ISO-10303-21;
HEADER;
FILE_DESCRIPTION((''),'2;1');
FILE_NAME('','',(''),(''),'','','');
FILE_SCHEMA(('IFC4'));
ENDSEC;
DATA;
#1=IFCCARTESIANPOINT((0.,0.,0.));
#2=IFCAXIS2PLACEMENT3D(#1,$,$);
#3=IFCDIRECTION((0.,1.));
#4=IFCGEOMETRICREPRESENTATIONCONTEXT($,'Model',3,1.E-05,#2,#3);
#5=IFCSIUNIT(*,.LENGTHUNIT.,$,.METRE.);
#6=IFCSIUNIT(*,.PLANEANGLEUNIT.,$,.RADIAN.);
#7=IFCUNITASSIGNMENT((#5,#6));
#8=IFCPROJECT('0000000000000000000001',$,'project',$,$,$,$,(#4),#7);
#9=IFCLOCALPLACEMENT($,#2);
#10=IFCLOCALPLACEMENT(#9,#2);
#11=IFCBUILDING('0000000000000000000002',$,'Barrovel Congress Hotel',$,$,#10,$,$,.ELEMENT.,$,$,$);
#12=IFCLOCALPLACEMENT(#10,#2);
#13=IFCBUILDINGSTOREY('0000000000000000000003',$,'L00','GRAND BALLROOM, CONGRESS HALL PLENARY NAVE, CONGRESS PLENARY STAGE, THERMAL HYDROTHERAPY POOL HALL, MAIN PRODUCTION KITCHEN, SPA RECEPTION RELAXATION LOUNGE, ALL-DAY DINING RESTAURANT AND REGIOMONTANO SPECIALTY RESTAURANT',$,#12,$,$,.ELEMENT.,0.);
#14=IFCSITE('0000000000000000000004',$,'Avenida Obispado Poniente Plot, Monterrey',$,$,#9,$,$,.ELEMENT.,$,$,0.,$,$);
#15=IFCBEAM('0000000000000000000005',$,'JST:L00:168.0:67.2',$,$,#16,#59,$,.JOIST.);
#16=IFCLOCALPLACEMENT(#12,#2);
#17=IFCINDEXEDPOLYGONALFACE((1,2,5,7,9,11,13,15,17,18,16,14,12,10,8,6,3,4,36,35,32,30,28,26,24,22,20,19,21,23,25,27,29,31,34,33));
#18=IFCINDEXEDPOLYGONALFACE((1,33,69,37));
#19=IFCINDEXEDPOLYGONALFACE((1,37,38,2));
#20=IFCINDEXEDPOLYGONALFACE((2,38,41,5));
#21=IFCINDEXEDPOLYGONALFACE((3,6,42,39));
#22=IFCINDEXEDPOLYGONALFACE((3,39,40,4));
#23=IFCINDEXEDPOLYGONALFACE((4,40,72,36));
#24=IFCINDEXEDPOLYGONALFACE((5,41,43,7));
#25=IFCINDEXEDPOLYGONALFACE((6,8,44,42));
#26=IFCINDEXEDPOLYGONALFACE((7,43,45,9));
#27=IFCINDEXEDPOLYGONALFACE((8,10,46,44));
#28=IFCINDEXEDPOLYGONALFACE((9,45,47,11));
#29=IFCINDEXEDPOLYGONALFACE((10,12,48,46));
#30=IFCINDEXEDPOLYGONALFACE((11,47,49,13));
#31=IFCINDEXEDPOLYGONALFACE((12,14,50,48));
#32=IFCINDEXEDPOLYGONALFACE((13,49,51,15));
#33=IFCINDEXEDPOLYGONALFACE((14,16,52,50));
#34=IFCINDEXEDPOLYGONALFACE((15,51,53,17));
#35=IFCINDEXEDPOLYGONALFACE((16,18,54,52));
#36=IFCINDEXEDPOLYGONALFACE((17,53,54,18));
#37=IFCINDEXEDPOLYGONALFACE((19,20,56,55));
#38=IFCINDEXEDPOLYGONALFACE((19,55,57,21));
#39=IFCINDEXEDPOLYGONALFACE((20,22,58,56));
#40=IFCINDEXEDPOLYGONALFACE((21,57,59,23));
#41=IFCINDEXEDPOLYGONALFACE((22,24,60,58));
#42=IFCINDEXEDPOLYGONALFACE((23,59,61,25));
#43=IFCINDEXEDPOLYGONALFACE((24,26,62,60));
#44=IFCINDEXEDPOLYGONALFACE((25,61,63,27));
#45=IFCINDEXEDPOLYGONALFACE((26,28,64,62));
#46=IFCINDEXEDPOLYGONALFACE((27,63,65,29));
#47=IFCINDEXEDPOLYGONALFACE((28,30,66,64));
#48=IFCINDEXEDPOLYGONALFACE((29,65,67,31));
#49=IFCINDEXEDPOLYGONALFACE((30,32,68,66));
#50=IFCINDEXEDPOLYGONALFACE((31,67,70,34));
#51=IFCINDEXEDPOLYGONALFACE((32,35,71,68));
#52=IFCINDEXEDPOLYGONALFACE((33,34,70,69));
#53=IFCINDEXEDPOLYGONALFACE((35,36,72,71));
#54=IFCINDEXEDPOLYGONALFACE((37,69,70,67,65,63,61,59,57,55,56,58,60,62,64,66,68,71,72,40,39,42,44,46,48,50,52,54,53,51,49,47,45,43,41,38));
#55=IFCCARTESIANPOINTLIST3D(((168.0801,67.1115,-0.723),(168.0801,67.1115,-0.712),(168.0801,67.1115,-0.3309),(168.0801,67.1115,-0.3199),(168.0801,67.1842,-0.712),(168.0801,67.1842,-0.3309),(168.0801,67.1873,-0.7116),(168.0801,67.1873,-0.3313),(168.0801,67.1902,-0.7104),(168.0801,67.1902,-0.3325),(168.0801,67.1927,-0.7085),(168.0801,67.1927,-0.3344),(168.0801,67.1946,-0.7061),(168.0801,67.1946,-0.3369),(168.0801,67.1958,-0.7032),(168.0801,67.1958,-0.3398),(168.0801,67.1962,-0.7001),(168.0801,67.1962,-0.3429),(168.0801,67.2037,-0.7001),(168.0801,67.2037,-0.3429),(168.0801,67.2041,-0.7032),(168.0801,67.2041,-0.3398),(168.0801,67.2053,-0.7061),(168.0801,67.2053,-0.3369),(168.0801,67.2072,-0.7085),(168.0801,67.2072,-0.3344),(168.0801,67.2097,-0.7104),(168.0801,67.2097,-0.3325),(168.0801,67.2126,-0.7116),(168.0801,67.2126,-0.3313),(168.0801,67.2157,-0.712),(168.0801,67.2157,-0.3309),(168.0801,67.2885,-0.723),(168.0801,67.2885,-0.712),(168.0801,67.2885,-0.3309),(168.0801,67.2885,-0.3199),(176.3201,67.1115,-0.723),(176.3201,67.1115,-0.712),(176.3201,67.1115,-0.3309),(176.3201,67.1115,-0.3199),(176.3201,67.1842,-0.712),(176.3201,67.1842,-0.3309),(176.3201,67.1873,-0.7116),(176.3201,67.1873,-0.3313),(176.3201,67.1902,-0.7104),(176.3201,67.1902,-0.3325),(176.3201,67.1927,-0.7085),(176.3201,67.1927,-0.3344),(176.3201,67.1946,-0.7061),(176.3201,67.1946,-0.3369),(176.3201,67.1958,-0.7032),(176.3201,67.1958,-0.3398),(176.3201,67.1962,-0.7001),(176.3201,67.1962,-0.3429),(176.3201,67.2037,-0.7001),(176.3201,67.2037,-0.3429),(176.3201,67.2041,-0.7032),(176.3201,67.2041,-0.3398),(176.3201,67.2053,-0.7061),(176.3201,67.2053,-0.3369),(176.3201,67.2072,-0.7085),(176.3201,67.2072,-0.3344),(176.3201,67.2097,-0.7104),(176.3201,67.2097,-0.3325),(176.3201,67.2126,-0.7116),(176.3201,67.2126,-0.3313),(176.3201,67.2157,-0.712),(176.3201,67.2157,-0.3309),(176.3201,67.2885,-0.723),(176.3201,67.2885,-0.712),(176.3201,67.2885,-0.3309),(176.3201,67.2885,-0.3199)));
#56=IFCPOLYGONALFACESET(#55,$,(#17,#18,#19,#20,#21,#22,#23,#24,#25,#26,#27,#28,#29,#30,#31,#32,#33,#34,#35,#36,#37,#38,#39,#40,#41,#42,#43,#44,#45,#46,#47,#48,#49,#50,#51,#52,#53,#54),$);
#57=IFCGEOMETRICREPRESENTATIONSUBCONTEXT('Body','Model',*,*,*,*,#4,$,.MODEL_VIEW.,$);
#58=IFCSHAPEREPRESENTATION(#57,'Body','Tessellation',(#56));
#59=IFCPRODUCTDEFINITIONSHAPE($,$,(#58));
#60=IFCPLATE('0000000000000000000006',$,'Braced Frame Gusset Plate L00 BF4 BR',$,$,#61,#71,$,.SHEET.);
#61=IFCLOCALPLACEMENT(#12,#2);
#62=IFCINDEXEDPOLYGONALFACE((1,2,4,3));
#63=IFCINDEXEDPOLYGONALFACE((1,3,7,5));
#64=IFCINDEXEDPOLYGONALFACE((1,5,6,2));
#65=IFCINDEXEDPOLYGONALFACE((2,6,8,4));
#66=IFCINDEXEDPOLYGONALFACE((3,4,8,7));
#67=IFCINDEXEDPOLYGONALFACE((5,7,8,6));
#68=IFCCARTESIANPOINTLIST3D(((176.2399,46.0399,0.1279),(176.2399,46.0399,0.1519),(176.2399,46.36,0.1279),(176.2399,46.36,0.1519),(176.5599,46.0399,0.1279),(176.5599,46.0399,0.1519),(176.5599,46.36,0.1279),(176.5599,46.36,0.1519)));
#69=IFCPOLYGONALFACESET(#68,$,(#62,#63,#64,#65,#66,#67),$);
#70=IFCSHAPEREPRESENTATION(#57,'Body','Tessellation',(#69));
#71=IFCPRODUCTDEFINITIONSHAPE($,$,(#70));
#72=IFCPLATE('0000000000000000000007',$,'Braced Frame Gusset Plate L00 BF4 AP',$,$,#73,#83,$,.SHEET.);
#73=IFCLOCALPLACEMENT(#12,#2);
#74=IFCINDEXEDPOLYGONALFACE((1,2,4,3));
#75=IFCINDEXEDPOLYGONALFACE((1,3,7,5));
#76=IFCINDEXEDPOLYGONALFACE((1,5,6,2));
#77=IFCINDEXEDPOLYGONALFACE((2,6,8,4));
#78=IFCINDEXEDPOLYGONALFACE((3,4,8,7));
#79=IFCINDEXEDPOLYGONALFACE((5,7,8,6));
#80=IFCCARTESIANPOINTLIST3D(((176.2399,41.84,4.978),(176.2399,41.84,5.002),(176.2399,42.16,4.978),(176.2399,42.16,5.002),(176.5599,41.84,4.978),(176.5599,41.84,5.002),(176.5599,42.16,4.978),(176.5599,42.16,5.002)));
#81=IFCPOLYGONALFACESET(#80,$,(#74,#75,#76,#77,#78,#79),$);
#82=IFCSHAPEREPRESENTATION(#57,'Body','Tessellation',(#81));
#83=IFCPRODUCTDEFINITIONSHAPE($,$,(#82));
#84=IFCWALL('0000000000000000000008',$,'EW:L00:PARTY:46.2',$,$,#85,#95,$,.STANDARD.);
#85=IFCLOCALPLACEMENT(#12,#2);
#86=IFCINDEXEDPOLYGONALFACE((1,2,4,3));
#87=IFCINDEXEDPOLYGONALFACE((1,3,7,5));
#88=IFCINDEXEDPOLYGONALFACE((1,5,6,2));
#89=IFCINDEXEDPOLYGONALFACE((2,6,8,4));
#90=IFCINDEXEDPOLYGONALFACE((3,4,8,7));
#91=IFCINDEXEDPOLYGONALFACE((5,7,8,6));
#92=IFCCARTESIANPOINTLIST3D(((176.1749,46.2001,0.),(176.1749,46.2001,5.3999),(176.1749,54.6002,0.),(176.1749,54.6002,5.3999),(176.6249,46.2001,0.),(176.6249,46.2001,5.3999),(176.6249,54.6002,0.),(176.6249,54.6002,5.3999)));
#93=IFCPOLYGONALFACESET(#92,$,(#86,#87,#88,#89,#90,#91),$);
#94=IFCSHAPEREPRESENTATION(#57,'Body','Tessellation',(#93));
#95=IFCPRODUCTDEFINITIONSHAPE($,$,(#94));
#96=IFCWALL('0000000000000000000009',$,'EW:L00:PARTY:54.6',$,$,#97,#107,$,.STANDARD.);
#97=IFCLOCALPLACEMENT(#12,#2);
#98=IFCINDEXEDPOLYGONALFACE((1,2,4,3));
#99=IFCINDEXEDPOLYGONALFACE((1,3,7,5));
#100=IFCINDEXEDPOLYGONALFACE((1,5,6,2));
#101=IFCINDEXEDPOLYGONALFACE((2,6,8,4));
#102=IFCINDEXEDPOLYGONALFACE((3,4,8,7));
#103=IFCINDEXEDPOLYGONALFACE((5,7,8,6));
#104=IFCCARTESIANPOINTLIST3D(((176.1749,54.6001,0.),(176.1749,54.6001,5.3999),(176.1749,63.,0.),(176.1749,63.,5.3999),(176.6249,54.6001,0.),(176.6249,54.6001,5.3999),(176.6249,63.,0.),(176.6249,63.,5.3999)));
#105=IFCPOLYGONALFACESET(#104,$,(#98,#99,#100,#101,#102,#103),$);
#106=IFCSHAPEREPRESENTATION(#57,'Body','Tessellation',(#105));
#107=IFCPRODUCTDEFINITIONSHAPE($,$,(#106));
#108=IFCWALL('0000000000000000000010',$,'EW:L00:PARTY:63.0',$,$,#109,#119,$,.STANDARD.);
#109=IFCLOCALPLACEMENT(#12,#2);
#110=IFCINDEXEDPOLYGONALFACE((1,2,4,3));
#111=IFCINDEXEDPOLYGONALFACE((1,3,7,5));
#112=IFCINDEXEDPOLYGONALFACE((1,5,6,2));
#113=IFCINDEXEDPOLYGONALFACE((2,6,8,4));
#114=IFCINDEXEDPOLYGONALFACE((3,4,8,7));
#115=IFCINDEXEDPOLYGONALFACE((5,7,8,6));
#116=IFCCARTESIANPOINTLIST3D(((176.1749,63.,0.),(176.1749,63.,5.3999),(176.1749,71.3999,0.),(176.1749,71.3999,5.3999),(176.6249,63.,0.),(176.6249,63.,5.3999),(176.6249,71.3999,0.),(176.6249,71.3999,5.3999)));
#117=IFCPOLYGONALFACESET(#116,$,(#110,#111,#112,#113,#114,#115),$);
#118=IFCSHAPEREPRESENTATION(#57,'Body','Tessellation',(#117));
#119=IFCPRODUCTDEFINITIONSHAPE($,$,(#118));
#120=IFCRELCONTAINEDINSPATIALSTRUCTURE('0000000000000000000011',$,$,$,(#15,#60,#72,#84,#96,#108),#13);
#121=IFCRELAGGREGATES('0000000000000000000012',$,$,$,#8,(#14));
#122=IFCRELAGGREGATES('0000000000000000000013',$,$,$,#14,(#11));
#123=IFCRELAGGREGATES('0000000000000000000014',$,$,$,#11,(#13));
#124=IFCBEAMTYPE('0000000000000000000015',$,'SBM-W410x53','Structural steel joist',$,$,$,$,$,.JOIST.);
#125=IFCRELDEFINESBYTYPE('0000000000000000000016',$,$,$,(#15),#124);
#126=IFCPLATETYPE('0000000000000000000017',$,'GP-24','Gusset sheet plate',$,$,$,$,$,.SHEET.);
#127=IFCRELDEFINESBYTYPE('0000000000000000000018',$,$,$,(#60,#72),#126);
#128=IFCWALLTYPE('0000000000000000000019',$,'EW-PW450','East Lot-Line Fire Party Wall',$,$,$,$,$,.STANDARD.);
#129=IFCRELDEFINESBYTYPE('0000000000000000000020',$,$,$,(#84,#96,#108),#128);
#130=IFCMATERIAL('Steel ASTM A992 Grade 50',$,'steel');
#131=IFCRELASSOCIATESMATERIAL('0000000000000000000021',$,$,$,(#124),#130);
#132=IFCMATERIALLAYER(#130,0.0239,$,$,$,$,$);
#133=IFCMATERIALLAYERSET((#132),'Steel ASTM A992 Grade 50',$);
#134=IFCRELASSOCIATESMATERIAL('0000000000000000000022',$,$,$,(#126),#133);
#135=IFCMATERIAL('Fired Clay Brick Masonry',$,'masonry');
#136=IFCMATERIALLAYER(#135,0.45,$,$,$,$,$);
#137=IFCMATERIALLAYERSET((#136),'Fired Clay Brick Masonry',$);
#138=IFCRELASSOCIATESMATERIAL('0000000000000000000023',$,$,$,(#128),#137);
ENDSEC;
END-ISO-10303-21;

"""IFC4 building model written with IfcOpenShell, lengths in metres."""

from ifc_helpers import new_model, si_unit, direction, frame, frame_2d, origin, origin_2d, place, context, subcontext, project, spatial, rectangle, i_section, extrude, material, layer, layer_set, material_profile, profile_set, type_object, element, save


model = new_model("IFC4")

# Units and contexts
model_context = context("Model", 3, precision=1e-05, world=origin(), true_north=direction((0.0, 1.0)))
body_context = subcontext(model_context, "Body", "Model", "MODEL_VIEW")
ifc_project = project(units=[si_unit("LENGTHUNIT", "METRE"), si_unit("PLANEANGLEUNIT", "RADIAN")], contexts=[model_context])

# Site, building, storey
site_placement = place(None, origin())
site = spatial("IfcSite", under=ifc_project, at=site_placement, Name="Avenida Obispado Poniente Plot, Monterrey", CompositionType="ELEMENT", RefElevation=0.0)
building_placement = place(site_placement, origin())
building = spatial("IfcBuilding", under=site, at=building_placement, Name="Barrovel Congress Hotel", CompositionType="ELEMENT")
storey_placement = place(building_placement, origin())
storey = spatial("IfcBuildingStorey", under=building, at=storey_placement, Name="L00", Description="GRAND BALLROOM, CONGRESS HALL PLENARY NAVE, CONGRESS PLENARY STAGE, THERMAL HYDROTHERAPY POOL HALL, MAIN PRODUCTION KITCHEN, SPA RECEPTION RELAXATION LOUNGE, ALL-DAY DINING RESTAURANT AND REGIOMONTANO SPECIALTY RESTAURANT", CompositionType="ELEMENT", Elevation=0.0)

# Beam
ifc_material_1 = material(Name="Steel ASTM A992 Grade 50", Category="steel")
ifc_material_profile_1 = material_profile(ifc_material_1, i_section(OverallWidth=0.177, OverallDepth=0.4031, WebThickness=0.0076, FlangeThickness=0.011, FilletRadius=0.012, at=origin_2d()), Name="W410x53")
ifc_profile_set_1 = profile_set([ifc_material_profile_1], Name="Steel ASTM A992 Grade 50")
beam_type_1 = type_object("IfcBeamType", Name="SBM-W410x53", Description="Structural steel joist", PredefinedType="JOIST", material=ifc_profile_set_1)
beam_1_placement = place(storey_placement, frame((168.0801, 67.2, -0.5215), z_axis=(1.0, 0.0, 0.0), x_axis=(0.0, 1.0, 0.0)))
element("IfcBeam", 1, at=beam_1_placement, inside=storey, type_object=beam_type_1, Name="JST:L00:168.0:67.2", PredefinedType="JOIST", context=body_context, shape_type="SweptSolid", body=[
    extrude(i_section(OverallWidth=0.177, OverallDepth=0.4031, WebThickness=0.0076, FlangeThickness=0.011, FilletRadius=0.012, at=origin_2d()), origin(), (0.0, 0.0, 1.0), 8.24),
])

# Plates
ifc_layer_1 = layer(ifc_material_1, 0.0239)
ifc_layer_set_1 = layer_set([ifc_layer_1], Name="Steel ASTM A992 Grade 50")
plate_type = type_object("IfcPlateType", Name="GP-24", Description="Gusset sheet plate", PredefinedType="SHEET", material=ifc_layer_set_1)
for number, where, z_axis, x_axis, name in (
    (2, (176.3999, 46.2, 0.1279), (0.0, 0.0, 1.0), (1.0, 0.0, 0.0), "Braced Frame Gusset Plate L00 BF4 BR"),
    (3, (176.3999, 42.0, 4.978), (0.0, 0.0, 1.0), (1.0, 0.0, 0.0), "Braced Frame Gusset Plate L00 BF4 AP"),
):
    element("IfcPlate", number, at=place(storey_placement, frame(where, z_axis=z_axis, x_axis=x_axis)), inside=storey, type_object=plate_type, Name=name, PredefinedType="SHEET", context=body_context, shape_type="SweptSolid", body=[
        extrude(rectangle(XDim=0.3201, YDim=0.3201, at=origin_2d()), origin(), (0.0, 0.0, 1.0), 0.0239),
    ])

# Walls
ifc_material_2 = material(Name="Fired Clay Brick Masonry", Category="masonry")
ifc_layer_2 = layer(ifc_material_2, 0.45)
ifc_layer_set_2 = layer_set([ifc_layer_2], Name="Fired Clay Brick Masonry")
wall_type = type_object("IfcWallType", Name="EW-PW450", Description="East Lot-Line Fire Party Wall", PredefinedType="STANDARD", material=ifc_layer_set_2)
wall_placement = place(storey_placement, frame((176.3999, 46.2, 0.0), z_axis=(0.0, 0.0, 1.0), x_axis=(0.0, 1.0, 0.0)))
element("IfcWall", 4, at=wall_placement, inside=storey, type_object=wall_type, Name="EW:L00:PARTY:46.2", PredefinedType="STANDARD", context=body_context, shape_type="SweptSolid", body=[
    extrude(rectangle(XDim=8.4001, YDim=0.45, at=frame_2d((4.2002, 0.0))), origin(), (0.0, 0.0, 1.0), 5.3999),
])
for number, where, z_axis, x_axis, name in (
    (5, (176.3999, 54.6001, 0.0), (0.0, 0.0, 1.0), (0.0, 1.0, 0.0), "EW:L00:PARTY:54.6"),
    (6, (176.3999, 63.0, 0.0), (0.0, 0.0, 1.0), (0.0, 1.0, 0.0), "EW:L00:PARTY:63.0"),
):
    element("IfcWall", number, at=place(storey_placement, frame(where, z_axis=z_axis, x_axis=x_axis)), inside=storey, type_object=wall_type, Name=name, PredefinedType="STANDARD", context=body_context, shape_type="SweptSolid", body=[
        extrude(rectangle(XDim=8.3999, YDim=0.45, at=frame_2d((4.2, 0.0))), origin(), (0.0, 0.0, 1.0), 5.3999),
    ])

save(model, "model.ifc")
